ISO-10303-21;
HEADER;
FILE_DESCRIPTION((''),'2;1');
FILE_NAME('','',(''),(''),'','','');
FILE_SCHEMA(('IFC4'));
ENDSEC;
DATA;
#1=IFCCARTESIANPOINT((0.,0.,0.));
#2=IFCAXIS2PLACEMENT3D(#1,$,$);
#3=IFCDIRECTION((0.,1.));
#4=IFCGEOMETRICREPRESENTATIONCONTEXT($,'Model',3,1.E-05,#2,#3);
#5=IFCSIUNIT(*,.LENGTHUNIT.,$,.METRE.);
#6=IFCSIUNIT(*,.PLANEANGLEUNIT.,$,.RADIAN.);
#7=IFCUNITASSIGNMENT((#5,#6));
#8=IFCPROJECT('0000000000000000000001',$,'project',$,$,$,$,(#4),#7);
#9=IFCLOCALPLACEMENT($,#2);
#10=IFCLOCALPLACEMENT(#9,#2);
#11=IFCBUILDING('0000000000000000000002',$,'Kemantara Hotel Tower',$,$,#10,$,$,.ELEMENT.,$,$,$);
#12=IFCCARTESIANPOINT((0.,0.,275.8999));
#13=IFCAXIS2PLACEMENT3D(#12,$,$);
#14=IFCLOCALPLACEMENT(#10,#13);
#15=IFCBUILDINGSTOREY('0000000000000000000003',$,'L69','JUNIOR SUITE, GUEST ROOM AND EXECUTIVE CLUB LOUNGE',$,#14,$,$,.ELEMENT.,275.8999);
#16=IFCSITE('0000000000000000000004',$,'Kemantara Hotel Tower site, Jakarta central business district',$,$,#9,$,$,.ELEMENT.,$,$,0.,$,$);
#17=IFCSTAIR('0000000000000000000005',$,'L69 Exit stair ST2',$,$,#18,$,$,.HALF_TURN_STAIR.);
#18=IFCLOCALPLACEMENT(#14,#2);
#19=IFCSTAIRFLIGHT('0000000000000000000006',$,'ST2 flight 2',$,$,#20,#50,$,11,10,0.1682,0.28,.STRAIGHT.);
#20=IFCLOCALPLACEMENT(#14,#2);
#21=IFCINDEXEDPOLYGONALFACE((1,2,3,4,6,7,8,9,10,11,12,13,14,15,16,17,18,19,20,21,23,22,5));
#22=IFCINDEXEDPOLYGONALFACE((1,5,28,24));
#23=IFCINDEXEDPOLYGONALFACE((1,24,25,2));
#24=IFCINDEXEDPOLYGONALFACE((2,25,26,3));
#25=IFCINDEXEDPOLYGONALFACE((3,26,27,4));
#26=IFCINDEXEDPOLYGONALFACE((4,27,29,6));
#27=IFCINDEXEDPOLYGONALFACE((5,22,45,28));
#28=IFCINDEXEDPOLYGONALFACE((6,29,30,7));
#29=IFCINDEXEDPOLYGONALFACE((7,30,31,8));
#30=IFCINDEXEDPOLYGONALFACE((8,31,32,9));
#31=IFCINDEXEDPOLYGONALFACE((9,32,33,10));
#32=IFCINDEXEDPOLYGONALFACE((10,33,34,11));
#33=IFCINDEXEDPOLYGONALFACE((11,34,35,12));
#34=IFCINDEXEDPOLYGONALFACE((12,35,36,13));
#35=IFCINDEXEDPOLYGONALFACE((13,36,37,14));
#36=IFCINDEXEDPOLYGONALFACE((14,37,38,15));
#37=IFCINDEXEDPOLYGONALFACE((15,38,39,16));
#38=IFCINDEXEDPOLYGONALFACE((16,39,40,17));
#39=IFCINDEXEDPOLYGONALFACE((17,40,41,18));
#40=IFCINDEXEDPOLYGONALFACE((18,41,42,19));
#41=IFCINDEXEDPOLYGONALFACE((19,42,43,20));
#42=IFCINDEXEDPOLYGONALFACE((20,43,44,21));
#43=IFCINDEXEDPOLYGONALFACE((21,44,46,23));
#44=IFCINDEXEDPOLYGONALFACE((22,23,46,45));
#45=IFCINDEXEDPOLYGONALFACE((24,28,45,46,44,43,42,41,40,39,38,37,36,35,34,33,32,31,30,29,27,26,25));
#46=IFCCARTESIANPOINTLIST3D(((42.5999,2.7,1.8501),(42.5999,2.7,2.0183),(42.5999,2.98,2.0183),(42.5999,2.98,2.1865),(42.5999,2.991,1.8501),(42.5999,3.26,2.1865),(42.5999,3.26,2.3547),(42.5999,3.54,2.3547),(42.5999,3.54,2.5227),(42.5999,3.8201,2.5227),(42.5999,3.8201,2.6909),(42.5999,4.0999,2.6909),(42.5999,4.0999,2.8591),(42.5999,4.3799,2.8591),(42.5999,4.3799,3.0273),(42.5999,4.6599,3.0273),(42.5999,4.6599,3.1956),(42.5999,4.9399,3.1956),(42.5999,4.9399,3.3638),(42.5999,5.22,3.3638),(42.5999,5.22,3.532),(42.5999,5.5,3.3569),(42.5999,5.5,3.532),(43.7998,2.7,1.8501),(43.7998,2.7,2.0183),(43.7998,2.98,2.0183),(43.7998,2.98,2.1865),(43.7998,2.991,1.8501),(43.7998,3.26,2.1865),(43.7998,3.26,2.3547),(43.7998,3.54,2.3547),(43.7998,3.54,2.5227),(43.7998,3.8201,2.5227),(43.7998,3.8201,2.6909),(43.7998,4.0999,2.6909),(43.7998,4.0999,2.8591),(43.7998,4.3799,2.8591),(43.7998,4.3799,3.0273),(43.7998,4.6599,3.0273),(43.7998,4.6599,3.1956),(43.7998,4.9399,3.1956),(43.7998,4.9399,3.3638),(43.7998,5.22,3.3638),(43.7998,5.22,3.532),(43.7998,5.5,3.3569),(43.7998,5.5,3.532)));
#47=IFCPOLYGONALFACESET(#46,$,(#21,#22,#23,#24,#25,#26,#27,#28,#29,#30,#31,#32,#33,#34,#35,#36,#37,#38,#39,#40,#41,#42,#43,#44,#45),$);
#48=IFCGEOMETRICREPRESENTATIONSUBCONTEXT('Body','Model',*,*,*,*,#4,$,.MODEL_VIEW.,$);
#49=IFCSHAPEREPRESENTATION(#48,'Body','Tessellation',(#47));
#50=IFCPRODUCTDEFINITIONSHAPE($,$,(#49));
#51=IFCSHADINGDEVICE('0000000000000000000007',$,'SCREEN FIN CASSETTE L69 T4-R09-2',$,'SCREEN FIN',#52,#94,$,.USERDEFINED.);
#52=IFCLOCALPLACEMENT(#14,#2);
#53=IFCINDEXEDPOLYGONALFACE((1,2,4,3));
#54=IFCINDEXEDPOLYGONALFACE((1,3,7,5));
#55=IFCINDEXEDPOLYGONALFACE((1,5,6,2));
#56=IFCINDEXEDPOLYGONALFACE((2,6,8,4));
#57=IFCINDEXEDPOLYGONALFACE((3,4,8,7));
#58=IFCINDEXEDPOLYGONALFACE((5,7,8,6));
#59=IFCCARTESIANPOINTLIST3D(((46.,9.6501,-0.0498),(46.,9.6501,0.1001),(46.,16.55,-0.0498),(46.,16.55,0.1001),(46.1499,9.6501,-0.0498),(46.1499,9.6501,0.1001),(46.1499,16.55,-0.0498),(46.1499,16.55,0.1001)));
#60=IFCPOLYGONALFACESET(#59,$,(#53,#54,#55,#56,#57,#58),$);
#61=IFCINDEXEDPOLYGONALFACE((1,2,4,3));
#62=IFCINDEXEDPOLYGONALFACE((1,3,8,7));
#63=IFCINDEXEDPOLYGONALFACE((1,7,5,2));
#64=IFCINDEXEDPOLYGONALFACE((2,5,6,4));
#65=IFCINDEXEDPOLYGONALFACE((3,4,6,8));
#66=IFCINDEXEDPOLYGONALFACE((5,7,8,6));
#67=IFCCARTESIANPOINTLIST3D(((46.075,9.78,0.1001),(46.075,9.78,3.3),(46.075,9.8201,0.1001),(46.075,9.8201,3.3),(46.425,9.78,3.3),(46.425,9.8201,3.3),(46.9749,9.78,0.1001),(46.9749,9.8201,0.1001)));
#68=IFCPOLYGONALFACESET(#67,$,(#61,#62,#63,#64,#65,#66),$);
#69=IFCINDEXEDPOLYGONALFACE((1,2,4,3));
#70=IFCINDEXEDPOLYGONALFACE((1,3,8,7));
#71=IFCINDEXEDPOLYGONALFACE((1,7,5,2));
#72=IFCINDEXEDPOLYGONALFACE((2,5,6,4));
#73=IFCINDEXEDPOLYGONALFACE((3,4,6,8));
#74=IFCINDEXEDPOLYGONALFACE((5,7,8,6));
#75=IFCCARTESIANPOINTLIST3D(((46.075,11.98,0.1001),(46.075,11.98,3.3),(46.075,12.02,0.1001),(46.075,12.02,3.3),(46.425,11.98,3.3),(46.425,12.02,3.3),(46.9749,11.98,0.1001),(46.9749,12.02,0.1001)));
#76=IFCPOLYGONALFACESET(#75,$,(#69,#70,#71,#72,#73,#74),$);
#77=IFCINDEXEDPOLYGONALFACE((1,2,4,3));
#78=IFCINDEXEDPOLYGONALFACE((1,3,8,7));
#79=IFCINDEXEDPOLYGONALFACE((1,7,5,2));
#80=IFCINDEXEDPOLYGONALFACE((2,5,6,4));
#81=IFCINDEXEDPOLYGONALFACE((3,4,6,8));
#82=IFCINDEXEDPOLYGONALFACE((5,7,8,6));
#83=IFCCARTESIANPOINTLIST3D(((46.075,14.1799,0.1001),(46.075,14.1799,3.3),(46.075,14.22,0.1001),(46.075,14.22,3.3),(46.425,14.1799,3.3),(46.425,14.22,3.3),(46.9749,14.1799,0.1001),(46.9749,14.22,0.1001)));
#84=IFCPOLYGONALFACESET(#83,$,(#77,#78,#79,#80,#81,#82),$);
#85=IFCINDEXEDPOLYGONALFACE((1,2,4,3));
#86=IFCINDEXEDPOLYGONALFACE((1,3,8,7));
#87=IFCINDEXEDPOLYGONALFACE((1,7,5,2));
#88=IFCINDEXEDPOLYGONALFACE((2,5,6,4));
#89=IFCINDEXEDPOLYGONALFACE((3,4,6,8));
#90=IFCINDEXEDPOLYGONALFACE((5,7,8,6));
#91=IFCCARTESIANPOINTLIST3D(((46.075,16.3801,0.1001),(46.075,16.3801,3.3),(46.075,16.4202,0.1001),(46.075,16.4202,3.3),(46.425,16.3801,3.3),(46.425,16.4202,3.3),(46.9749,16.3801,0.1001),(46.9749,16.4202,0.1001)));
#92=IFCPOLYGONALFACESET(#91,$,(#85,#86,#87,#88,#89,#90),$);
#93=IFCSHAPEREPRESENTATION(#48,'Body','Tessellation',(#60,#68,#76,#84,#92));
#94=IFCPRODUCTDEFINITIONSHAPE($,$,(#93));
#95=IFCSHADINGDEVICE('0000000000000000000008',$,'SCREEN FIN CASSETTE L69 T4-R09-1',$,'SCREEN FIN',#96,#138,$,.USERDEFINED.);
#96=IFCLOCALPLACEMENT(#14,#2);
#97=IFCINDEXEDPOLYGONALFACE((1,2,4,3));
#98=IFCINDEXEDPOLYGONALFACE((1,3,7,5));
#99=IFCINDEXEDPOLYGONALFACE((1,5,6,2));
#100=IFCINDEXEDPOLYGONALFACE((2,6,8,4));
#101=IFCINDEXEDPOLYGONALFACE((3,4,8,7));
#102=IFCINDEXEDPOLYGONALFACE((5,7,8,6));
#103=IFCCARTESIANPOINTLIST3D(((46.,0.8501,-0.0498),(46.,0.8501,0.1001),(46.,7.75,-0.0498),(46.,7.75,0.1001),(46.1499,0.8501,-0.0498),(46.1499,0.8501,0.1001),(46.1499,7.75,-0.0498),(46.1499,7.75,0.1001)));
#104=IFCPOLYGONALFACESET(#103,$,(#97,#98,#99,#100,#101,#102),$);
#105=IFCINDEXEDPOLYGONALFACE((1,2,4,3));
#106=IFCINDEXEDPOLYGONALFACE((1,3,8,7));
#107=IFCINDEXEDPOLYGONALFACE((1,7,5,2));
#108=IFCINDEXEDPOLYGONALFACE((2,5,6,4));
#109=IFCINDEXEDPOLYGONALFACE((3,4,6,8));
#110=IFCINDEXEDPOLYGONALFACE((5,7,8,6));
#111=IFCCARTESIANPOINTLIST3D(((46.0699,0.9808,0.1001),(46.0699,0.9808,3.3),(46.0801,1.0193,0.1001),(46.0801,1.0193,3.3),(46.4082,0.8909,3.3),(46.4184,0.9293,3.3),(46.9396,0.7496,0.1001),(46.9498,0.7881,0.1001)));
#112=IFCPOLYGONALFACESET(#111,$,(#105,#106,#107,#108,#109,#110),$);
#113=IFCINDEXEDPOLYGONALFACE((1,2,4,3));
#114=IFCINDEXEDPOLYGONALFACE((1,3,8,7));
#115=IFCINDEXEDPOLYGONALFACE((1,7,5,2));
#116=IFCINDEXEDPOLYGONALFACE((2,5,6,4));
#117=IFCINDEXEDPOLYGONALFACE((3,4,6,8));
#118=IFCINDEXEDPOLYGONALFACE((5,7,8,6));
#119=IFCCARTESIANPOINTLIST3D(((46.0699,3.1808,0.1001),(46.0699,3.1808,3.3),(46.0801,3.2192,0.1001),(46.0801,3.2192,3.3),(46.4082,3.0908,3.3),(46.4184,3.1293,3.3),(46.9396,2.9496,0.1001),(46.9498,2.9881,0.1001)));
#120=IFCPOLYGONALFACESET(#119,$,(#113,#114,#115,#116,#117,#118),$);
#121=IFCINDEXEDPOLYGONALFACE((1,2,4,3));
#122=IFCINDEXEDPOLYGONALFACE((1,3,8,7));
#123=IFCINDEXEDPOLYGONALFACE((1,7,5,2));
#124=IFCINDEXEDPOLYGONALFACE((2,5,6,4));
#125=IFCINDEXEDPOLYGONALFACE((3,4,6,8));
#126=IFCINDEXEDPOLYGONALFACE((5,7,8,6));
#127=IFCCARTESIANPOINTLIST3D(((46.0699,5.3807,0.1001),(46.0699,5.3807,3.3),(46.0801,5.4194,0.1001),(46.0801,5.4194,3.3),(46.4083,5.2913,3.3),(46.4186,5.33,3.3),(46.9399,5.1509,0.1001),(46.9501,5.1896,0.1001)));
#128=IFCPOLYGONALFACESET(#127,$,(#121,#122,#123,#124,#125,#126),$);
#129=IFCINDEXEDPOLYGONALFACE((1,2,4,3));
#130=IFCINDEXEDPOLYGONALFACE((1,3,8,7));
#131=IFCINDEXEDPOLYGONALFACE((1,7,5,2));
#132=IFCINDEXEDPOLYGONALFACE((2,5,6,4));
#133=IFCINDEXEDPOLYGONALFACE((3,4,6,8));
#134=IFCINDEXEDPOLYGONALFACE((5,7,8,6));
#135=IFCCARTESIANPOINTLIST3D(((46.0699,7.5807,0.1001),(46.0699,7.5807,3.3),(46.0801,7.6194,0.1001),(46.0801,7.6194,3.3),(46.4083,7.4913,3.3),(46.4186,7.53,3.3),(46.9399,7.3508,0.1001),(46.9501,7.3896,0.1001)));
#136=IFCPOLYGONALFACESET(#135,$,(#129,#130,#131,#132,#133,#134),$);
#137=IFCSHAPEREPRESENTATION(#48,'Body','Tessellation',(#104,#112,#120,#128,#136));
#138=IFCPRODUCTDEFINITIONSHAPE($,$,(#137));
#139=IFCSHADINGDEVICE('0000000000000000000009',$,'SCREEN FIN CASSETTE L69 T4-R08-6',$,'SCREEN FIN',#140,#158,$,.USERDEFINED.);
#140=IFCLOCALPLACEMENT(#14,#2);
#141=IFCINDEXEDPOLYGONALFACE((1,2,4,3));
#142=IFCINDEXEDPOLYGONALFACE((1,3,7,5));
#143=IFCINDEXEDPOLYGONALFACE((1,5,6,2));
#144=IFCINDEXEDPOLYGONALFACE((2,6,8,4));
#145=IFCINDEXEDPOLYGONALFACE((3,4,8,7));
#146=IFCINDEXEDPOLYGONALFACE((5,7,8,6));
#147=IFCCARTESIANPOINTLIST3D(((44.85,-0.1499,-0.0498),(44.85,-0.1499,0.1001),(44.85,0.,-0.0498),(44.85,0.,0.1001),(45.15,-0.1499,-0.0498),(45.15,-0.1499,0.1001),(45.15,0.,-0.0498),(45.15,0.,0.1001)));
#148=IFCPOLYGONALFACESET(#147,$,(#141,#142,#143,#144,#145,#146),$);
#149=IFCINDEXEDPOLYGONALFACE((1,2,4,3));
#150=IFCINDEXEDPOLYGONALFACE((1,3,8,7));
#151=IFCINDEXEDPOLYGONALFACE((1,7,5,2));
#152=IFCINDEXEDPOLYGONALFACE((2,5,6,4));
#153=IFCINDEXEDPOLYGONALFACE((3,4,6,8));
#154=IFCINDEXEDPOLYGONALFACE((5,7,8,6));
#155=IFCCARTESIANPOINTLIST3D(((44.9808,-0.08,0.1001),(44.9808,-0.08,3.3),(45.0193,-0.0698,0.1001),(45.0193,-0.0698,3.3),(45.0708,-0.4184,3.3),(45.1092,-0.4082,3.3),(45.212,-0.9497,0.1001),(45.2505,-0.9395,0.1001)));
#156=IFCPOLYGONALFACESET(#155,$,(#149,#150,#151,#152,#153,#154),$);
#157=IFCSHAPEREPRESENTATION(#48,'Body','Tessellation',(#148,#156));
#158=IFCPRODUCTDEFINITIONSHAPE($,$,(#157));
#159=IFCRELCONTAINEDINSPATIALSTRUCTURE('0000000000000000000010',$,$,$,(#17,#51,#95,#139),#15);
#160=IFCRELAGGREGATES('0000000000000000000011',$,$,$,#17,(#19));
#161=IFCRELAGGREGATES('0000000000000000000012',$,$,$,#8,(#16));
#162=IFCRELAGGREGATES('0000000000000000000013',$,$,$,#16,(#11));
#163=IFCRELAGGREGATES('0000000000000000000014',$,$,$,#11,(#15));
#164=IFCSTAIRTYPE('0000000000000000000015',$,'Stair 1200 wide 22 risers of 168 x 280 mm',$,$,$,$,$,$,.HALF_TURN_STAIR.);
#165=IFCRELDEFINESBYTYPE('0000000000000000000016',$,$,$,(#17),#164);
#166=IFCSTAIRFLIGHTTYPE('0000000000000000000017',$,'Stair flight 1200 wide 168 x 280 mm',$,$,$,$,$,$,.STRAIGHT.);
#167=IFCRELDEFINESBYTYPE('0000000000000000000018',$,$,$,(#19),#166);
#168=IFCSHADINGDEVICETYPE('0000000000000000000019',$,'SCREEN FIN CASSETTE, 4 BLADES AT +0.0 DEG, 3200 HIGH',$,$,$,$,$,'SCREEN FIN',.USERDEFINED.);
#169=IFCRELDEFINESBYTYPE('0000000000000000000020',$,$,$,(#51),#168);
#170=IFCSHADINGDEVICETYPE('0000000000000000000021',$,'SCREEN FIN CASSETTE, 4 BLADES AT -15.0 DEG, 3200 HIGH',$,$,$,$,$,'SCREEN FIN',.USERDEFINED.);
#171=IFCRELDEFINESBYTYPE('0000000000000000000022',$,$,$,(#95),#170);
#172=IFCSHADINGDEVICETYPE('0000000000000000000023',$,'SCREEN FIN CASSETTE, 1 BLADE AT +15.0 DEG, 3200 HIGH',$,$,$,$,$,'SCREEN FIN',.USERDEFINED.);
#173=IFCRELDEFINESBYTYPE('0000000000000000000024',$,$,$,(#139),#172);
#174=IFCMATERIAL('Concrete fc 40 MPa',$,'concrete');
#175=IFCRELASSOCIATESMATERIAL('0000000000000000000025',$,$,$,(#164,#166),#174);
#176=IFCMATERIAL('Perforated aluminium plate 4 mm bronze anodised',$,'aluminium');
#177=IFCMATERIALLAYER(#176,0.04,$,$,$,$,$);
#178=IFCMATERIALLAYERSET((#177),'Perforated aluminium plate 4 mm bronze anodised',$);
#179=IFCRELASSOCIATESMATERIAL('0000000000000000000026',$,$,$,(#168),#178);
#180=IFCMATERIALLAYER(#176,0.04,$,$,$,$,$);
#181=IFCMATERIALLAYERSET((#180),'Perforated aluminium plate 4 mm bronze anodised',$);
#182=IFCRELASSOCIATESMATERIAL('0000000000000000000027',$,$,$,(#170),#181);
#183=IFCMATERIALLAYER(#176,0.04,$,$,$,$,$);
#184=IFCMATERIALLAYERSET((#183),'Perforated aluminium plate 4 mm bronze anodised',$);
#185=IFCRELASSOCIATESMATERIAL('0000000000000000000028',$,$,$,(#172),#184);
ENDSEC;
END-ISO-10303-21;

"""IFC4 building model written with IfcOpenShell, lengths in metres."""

from ifc_helpers import new_model, si_unit, direction, frame, origin, origin_2d, place, context, subcontext, project, spatial, polyline, rectangle, outline, extrude, source, transform, mapped, material, layer, layer_set, type_object, element, aggregate, save


model = new_model("IFC4")

# Units and contexts
model_context = context("Model", 3, precision=1e-05, world=origin(), true_north=direction((0.0, 1.0)))
body_context = subcontext(model_context, "Body", "Model", "MODEL_VIEW")
ifc_project = project(units=[si_unit("LENGTHUNIT", "METRE"), si_unit("PLANEANGLEUNIT", "RADIAN")], contexts=[model_context])

# Site, building, storey
site_placement = place(None, origin())
site = spatial("IfcSite", under=ifc_project, at=site_placement, Name="Kemantara Hotel Tower site, Jakarta central business district", CompositionType="ELEMENT", RefElevation=0.0)
building_placement = place(site_placement, origin())
building = spatial("IfcBuilding", under=site, at=building_placement, Name="Kemantara Hotel Tower", CompositionType="ELEMENT")
storey_placement = place(building_placement, frame((0.0, 0.0, 275.8999)))
storey = spatial("IfcBuildingStorey", under=building, at=storey_placement, Name="L69", Description="JUNIOR SUITE, GUEST ROOM AND EXECUTIVE CLUB LOUNGE", CompositionType="ELEMENT", Elevation=275.8999)

# Stair, stair flight
ifc_material_1 = material(Name="Concrete fc 40 MPa", Category="concrete")
stair_type = type_object("IfcStairType", Name="Stair 1200 wide 22 risers of 168 x 280 mm", PredefinedType="HALF_TURN_STAIR", material=ifc_material_1)
stair_placement = place(storey_placement, origin())
stair = element("IfcStair", 1, at=stair_placement, inside=storey, type_object=stair_type, Name="L69 Exit stair ST2", PredefinedType="HALF_TURN_STAIR")
stair_flight_type = type_object("IfcStairFlightType", Name="Stair flight 1200 wide 168 x 280 mm", PredefinedType="STRAIGHT", material=ifc_material_1)
stair_flight_placement = place(storey_placement, frame((43.2, 2.7, 1.8501), z_axis=(0.0, 0.0, 1.0), x_axis=(0.0, 1.0, 0.0)))
stair_flight = element("IfcStairFlight", 2, at=stair_flight_placement, type_object=stair_flight_type, Name="ST2 flight 2", NumberOfRisers=11, NumberOfTreads=10, PredefinedType="STRAIGHT", RiserHeight=0.1682, TreadLength=0.28, context=body_context, shape_type="SweptSolid", body=[
    extrude(outline(polyline([(0.0, 0.0), (0.0, 0.1682), (0.28, 0.1682), (0.28, 0.3364), (0.5601, 0.3364), (0.5601, 0.5046), (0.8401, 0.5046), (0.8401, 0.6726), (1.1201, 0.6726), (1.1201, 0.8408), (1.3999, 0.8408), (1.3999, 1.009), (1.6799, 1.009), (1.6799, 1.1772), (1.96, 1.1772), (1.96, 1.3455), (2.24, 1.3455), (2.24, 1.5137), (2.52, 1.5137), (2.52, 1.6819), (2.8, 1.6819), (2.8, 1.8501), (2.8, 1.5068), (0.291, 0.0), (0.0, 0.0)])), frame((0.0, 0.6001, 0.0), z_axis=(0.0, -1.0, 0.0), x_axis=(1.0, 0.0, 0.0)), (0.0, 0.0, 1.0), 1.2),
])
aggregate(stair, [stair_flight])

# Shading devices
ifc_material_2 = material(Name="Perforated aluminium plate 4 mm bronze anodised", Category="aluminium")
ifc_layer_1 = layer(ifc_material_2, 0.04)
ifc_layer_set_1 = layer_set([ifc_layer_1], Name="Perforated aluminium plate 4 mm bronze anodised")
shading_device_type_1 = type_object("IfcShadingDeviceType", Name="SCREEN FIN CASSETTE, 4 BLADES AT +0.0 DEG, 3200 HIGH", ElementType="SCREEN FIN", PredefinedType="USERDEFINED", material=ifc_layer_set_1)
shared_shape_1 = source(origin(), body_context, "Body", "SweptSolid", [
    extrude(rectangle(XDim=6.8999, YDim=0.1499, at=origin_2d()), frame((3.3, -0.075, -0.1499), z_axis=(0.0, 0.0, 1.0), x_axis=(1.0, 0.0, 0.0)), (0.0, 0.0, 1.0), 0.1499),
    extrude(outline(polyline([(0.0, 0.0), (0.8999, 0.0), (0.3501, 3.2), (0.0, 3.2), (0.0, 0.0)])), frame((0.02, -0.075, 0.0), z_axis=(-1.0, 0.0, 0.0), x_axis=(0.0, -1.0, 0.0)), (0.0, 0.0, 1.0), 0.04),
    extrude(outline(polyline([(0.0, 0.0), (0.8999, 0.0), (0.3501, 3.2), (0.0, 3.2), (0.0, 0.0)])), frame((2.22, -0.075, 0.0), z_axis=(-1.0, 0.0, 0.0), x_axis=(0.0, -1.0, 0.0)), (0.0, 0.0, 1.0), 0.04),
    extrude(outline(polyline([(0.0, 0.0), (0.8999, 0.0), (0.3501, 3.2), (0.0, 3.2), (0.0, 0.0)])), frame((4.4199, -0.075, 0.0), z_axis=(-1.0, 0.0, 0.0), x_axis=(0.0, -1.0, 0.0)), (0.0, 0.0, 1.0), 0.04),
    extrude(outline(polyline([(0.0, 0.0), (0.8999, 0.0), (0.3501, 3.2), (0.0, 3.2), (0.0, 0.0)])), frame((6.6201, -0.075, 0.0), z_axis=(-1.0, 0.0, 0.0), x_axis=(0.0, -1.0, 0.0)), (0.0, 0.0, 1.0), 0.04),
])
shading_device_1_placement = place(storey_placement, frame((46.0, 9.8, 0.1001), z_axis=(0.0, 0.0, 1.0), x_axis=(0.0, 1.0, 0.0)))
element("IfcShadingDevice", 3, at=shading_device_1_placement, inside=storey, type_object=shading_device_type_1, Name="SCREEN FIN CASSETTE L69 T4-R09-2", ObjectType="SCREEN FIN", PredefinedType="USERDEFINED", context=body_context, shape_type="MappedRepresentation", body=[
    mapped(shared_shape_1, transform((0.0, 0.0, 0.0))),
])
ifc_layer_2 = layer(ifc_material_2, 0.04)
ifc_layer_set_2 = layer_set([ifc_layer_2], Name="Perforated aluminium plate 4 mm bronze anodised")
shading_device_type_2 = type_object("IfcShadingDeviceType", Name="SCREEN FIN CASSETTE, 4 BLADES AT -15.0 DEG, 3200 HIGH", ElementType="SCREEN FIN", PredefinedType="USERDEFINED", material=ifc_layer_set_2)
shared_shape_2 = source(origin(), body_context, "Body", "SweptSolid", [
    extrude(rectangle(XDim=6.8999, YDim=0.1499, at=origin_2d()), frame((3.3, -0.075, -0.1499), z_axis=(0.0, 0.0, 1.0), x_axis=(1.0, 0.0, 0.0)), (0.0, 0.0, 1.0), 0.1499),
    extrude(outline(polyline([(0.0, 0.0), (0.8999, 0.0), (0.3501, 3.2), (0.0, 3.2), (0.0, 0.0)])), frame((0.0193, -0.0801, 0.0), z_axis=(-0.966438, 0.256901, 0.0), x_axis=(-0.256901, -0.966438, 0.0)), (0.0, 0.0, 1.0), 0.0398),
    extrude(outline(polyline([(0.0, 0.0), (0.8999, 0.0), (0.3501, 3.2), (0.0, 3.2), (0.0, 0.0)])), frame((2.2192, -0.0801, 0.0), z_axis=(-0.966438, 0.256901, 0.0), x_axis=(-0.256901, -0.966438, 0.0)), (0.0, 0.0, 1.0), 0.0398),
    extrude(outline(polyline([(0.0, 0.0), (0.8999, 0.0), (0.3501, 3.2), (0.0, 3.2), (0.0, 0.0)])), frame((4.4194, -0.0801, 0.0), z_axis=(-0.966838, 0.255391, 0.0), x_axis=(-0.255391, -0.966838, 0.0)), (0.0, 0.0, 1.0), 0.04),
    extrude(outline(polyline([(0.0, 0.0), (0.8999, 0.0), (0.3501, 3.2), (0.0, 3.2), (0.0, 0.0)])), frame((6.6194, -0.0801, 0.0), z_axis=(-0.966838, 0.255391, 0.0), x_axis=(-0.255391, -0.966838, 0.0)), (0.0, 0.0, 1.0), 0.04),
])
shading_device_2_placement = place(storey_placement, frame((46.0, 1.0, 0.1001), z_axis=(0.0, 0.0, 1.0), x_axis=(0.0, 1.0, 0.0)))
element("IfcShadingDevice", 4, at=shading_device_2_placement, inside=storey, type_object=shading_device_type_2, Name="SCREEN FIN CASSETTE L69 T4-R09-1", ObjectType="SCREEN FIN", PredefinedType="USERDEFINED", context=body_context, shape_type="MappedRepresentation", body=[
    mapped(shared_shape_2, transform((0.0, 0.0, 0.0))),
])
ifc_layer_3 = layer(ifc_material_2, 0.04)
ifc_layer_set_3 = layer_set([ifc_layer_3], Name="Perforated aluminium plate 4 mm bronze anodised")
shading_device_type_3 = type_object("IfcShadingDeviceType", Name="SCREEN FIN CASSETTE, 1 BLADE AT +15.0 DEG, 3200 HIGH", ElementType="SCREEN FIN", PredefinedType="USERDEFINED", material=ifc_layer_set_3)
shared_shape_3 = source(origin(), body_context, "Body", "SweptSolid", [
    extrude(rectangle(XDim=0.3, YDim=0.1499, at=origin_2d()), frame((0.0, -0.075, -0.1499), z_axis=(0.0, 0.0, 1.0), x_axis=(1.0, 0.0, 0.0)), (0.0, 0.0, 1.0), 0.1499),
    extrude(outline(polyline([(0.0, 0.0), (0.8999, 0.0), (0.3501, 3.2), (0.0, 3.2), (0.0, 0.0)])), frame((0.0193, -0.0698, 0.0), z_axis=(-0.966438, -0.256901, 0.0), x_axis=(0.256901, -0.966438, 0.0)), (0.0, 0.0, 1.0), 0.0398),
])
shading_device_3_placement = place(storey_placement, frame((45.0, 0.0, 0.1001), z_axis=(0.0, 0.0, 1.0), x_axis=(1.0, 0.0, 0.0)))
element("IfcShadingDevice", 5, at=shading_device_3_placement, inside=storey, type_object=shading_device_type_3, Name="SCREEN FIN CASSETTE L69 T4-R08-6", ObjectType="SCREEN FIN", PredefinedType="USERDEFINED", context=body_context, shape_type="MappedRepresentation", body=[
    mapped(shared_shape_3, transform((0.0, 0.0, 0.0))),
])

save(model, "model.ifc")
